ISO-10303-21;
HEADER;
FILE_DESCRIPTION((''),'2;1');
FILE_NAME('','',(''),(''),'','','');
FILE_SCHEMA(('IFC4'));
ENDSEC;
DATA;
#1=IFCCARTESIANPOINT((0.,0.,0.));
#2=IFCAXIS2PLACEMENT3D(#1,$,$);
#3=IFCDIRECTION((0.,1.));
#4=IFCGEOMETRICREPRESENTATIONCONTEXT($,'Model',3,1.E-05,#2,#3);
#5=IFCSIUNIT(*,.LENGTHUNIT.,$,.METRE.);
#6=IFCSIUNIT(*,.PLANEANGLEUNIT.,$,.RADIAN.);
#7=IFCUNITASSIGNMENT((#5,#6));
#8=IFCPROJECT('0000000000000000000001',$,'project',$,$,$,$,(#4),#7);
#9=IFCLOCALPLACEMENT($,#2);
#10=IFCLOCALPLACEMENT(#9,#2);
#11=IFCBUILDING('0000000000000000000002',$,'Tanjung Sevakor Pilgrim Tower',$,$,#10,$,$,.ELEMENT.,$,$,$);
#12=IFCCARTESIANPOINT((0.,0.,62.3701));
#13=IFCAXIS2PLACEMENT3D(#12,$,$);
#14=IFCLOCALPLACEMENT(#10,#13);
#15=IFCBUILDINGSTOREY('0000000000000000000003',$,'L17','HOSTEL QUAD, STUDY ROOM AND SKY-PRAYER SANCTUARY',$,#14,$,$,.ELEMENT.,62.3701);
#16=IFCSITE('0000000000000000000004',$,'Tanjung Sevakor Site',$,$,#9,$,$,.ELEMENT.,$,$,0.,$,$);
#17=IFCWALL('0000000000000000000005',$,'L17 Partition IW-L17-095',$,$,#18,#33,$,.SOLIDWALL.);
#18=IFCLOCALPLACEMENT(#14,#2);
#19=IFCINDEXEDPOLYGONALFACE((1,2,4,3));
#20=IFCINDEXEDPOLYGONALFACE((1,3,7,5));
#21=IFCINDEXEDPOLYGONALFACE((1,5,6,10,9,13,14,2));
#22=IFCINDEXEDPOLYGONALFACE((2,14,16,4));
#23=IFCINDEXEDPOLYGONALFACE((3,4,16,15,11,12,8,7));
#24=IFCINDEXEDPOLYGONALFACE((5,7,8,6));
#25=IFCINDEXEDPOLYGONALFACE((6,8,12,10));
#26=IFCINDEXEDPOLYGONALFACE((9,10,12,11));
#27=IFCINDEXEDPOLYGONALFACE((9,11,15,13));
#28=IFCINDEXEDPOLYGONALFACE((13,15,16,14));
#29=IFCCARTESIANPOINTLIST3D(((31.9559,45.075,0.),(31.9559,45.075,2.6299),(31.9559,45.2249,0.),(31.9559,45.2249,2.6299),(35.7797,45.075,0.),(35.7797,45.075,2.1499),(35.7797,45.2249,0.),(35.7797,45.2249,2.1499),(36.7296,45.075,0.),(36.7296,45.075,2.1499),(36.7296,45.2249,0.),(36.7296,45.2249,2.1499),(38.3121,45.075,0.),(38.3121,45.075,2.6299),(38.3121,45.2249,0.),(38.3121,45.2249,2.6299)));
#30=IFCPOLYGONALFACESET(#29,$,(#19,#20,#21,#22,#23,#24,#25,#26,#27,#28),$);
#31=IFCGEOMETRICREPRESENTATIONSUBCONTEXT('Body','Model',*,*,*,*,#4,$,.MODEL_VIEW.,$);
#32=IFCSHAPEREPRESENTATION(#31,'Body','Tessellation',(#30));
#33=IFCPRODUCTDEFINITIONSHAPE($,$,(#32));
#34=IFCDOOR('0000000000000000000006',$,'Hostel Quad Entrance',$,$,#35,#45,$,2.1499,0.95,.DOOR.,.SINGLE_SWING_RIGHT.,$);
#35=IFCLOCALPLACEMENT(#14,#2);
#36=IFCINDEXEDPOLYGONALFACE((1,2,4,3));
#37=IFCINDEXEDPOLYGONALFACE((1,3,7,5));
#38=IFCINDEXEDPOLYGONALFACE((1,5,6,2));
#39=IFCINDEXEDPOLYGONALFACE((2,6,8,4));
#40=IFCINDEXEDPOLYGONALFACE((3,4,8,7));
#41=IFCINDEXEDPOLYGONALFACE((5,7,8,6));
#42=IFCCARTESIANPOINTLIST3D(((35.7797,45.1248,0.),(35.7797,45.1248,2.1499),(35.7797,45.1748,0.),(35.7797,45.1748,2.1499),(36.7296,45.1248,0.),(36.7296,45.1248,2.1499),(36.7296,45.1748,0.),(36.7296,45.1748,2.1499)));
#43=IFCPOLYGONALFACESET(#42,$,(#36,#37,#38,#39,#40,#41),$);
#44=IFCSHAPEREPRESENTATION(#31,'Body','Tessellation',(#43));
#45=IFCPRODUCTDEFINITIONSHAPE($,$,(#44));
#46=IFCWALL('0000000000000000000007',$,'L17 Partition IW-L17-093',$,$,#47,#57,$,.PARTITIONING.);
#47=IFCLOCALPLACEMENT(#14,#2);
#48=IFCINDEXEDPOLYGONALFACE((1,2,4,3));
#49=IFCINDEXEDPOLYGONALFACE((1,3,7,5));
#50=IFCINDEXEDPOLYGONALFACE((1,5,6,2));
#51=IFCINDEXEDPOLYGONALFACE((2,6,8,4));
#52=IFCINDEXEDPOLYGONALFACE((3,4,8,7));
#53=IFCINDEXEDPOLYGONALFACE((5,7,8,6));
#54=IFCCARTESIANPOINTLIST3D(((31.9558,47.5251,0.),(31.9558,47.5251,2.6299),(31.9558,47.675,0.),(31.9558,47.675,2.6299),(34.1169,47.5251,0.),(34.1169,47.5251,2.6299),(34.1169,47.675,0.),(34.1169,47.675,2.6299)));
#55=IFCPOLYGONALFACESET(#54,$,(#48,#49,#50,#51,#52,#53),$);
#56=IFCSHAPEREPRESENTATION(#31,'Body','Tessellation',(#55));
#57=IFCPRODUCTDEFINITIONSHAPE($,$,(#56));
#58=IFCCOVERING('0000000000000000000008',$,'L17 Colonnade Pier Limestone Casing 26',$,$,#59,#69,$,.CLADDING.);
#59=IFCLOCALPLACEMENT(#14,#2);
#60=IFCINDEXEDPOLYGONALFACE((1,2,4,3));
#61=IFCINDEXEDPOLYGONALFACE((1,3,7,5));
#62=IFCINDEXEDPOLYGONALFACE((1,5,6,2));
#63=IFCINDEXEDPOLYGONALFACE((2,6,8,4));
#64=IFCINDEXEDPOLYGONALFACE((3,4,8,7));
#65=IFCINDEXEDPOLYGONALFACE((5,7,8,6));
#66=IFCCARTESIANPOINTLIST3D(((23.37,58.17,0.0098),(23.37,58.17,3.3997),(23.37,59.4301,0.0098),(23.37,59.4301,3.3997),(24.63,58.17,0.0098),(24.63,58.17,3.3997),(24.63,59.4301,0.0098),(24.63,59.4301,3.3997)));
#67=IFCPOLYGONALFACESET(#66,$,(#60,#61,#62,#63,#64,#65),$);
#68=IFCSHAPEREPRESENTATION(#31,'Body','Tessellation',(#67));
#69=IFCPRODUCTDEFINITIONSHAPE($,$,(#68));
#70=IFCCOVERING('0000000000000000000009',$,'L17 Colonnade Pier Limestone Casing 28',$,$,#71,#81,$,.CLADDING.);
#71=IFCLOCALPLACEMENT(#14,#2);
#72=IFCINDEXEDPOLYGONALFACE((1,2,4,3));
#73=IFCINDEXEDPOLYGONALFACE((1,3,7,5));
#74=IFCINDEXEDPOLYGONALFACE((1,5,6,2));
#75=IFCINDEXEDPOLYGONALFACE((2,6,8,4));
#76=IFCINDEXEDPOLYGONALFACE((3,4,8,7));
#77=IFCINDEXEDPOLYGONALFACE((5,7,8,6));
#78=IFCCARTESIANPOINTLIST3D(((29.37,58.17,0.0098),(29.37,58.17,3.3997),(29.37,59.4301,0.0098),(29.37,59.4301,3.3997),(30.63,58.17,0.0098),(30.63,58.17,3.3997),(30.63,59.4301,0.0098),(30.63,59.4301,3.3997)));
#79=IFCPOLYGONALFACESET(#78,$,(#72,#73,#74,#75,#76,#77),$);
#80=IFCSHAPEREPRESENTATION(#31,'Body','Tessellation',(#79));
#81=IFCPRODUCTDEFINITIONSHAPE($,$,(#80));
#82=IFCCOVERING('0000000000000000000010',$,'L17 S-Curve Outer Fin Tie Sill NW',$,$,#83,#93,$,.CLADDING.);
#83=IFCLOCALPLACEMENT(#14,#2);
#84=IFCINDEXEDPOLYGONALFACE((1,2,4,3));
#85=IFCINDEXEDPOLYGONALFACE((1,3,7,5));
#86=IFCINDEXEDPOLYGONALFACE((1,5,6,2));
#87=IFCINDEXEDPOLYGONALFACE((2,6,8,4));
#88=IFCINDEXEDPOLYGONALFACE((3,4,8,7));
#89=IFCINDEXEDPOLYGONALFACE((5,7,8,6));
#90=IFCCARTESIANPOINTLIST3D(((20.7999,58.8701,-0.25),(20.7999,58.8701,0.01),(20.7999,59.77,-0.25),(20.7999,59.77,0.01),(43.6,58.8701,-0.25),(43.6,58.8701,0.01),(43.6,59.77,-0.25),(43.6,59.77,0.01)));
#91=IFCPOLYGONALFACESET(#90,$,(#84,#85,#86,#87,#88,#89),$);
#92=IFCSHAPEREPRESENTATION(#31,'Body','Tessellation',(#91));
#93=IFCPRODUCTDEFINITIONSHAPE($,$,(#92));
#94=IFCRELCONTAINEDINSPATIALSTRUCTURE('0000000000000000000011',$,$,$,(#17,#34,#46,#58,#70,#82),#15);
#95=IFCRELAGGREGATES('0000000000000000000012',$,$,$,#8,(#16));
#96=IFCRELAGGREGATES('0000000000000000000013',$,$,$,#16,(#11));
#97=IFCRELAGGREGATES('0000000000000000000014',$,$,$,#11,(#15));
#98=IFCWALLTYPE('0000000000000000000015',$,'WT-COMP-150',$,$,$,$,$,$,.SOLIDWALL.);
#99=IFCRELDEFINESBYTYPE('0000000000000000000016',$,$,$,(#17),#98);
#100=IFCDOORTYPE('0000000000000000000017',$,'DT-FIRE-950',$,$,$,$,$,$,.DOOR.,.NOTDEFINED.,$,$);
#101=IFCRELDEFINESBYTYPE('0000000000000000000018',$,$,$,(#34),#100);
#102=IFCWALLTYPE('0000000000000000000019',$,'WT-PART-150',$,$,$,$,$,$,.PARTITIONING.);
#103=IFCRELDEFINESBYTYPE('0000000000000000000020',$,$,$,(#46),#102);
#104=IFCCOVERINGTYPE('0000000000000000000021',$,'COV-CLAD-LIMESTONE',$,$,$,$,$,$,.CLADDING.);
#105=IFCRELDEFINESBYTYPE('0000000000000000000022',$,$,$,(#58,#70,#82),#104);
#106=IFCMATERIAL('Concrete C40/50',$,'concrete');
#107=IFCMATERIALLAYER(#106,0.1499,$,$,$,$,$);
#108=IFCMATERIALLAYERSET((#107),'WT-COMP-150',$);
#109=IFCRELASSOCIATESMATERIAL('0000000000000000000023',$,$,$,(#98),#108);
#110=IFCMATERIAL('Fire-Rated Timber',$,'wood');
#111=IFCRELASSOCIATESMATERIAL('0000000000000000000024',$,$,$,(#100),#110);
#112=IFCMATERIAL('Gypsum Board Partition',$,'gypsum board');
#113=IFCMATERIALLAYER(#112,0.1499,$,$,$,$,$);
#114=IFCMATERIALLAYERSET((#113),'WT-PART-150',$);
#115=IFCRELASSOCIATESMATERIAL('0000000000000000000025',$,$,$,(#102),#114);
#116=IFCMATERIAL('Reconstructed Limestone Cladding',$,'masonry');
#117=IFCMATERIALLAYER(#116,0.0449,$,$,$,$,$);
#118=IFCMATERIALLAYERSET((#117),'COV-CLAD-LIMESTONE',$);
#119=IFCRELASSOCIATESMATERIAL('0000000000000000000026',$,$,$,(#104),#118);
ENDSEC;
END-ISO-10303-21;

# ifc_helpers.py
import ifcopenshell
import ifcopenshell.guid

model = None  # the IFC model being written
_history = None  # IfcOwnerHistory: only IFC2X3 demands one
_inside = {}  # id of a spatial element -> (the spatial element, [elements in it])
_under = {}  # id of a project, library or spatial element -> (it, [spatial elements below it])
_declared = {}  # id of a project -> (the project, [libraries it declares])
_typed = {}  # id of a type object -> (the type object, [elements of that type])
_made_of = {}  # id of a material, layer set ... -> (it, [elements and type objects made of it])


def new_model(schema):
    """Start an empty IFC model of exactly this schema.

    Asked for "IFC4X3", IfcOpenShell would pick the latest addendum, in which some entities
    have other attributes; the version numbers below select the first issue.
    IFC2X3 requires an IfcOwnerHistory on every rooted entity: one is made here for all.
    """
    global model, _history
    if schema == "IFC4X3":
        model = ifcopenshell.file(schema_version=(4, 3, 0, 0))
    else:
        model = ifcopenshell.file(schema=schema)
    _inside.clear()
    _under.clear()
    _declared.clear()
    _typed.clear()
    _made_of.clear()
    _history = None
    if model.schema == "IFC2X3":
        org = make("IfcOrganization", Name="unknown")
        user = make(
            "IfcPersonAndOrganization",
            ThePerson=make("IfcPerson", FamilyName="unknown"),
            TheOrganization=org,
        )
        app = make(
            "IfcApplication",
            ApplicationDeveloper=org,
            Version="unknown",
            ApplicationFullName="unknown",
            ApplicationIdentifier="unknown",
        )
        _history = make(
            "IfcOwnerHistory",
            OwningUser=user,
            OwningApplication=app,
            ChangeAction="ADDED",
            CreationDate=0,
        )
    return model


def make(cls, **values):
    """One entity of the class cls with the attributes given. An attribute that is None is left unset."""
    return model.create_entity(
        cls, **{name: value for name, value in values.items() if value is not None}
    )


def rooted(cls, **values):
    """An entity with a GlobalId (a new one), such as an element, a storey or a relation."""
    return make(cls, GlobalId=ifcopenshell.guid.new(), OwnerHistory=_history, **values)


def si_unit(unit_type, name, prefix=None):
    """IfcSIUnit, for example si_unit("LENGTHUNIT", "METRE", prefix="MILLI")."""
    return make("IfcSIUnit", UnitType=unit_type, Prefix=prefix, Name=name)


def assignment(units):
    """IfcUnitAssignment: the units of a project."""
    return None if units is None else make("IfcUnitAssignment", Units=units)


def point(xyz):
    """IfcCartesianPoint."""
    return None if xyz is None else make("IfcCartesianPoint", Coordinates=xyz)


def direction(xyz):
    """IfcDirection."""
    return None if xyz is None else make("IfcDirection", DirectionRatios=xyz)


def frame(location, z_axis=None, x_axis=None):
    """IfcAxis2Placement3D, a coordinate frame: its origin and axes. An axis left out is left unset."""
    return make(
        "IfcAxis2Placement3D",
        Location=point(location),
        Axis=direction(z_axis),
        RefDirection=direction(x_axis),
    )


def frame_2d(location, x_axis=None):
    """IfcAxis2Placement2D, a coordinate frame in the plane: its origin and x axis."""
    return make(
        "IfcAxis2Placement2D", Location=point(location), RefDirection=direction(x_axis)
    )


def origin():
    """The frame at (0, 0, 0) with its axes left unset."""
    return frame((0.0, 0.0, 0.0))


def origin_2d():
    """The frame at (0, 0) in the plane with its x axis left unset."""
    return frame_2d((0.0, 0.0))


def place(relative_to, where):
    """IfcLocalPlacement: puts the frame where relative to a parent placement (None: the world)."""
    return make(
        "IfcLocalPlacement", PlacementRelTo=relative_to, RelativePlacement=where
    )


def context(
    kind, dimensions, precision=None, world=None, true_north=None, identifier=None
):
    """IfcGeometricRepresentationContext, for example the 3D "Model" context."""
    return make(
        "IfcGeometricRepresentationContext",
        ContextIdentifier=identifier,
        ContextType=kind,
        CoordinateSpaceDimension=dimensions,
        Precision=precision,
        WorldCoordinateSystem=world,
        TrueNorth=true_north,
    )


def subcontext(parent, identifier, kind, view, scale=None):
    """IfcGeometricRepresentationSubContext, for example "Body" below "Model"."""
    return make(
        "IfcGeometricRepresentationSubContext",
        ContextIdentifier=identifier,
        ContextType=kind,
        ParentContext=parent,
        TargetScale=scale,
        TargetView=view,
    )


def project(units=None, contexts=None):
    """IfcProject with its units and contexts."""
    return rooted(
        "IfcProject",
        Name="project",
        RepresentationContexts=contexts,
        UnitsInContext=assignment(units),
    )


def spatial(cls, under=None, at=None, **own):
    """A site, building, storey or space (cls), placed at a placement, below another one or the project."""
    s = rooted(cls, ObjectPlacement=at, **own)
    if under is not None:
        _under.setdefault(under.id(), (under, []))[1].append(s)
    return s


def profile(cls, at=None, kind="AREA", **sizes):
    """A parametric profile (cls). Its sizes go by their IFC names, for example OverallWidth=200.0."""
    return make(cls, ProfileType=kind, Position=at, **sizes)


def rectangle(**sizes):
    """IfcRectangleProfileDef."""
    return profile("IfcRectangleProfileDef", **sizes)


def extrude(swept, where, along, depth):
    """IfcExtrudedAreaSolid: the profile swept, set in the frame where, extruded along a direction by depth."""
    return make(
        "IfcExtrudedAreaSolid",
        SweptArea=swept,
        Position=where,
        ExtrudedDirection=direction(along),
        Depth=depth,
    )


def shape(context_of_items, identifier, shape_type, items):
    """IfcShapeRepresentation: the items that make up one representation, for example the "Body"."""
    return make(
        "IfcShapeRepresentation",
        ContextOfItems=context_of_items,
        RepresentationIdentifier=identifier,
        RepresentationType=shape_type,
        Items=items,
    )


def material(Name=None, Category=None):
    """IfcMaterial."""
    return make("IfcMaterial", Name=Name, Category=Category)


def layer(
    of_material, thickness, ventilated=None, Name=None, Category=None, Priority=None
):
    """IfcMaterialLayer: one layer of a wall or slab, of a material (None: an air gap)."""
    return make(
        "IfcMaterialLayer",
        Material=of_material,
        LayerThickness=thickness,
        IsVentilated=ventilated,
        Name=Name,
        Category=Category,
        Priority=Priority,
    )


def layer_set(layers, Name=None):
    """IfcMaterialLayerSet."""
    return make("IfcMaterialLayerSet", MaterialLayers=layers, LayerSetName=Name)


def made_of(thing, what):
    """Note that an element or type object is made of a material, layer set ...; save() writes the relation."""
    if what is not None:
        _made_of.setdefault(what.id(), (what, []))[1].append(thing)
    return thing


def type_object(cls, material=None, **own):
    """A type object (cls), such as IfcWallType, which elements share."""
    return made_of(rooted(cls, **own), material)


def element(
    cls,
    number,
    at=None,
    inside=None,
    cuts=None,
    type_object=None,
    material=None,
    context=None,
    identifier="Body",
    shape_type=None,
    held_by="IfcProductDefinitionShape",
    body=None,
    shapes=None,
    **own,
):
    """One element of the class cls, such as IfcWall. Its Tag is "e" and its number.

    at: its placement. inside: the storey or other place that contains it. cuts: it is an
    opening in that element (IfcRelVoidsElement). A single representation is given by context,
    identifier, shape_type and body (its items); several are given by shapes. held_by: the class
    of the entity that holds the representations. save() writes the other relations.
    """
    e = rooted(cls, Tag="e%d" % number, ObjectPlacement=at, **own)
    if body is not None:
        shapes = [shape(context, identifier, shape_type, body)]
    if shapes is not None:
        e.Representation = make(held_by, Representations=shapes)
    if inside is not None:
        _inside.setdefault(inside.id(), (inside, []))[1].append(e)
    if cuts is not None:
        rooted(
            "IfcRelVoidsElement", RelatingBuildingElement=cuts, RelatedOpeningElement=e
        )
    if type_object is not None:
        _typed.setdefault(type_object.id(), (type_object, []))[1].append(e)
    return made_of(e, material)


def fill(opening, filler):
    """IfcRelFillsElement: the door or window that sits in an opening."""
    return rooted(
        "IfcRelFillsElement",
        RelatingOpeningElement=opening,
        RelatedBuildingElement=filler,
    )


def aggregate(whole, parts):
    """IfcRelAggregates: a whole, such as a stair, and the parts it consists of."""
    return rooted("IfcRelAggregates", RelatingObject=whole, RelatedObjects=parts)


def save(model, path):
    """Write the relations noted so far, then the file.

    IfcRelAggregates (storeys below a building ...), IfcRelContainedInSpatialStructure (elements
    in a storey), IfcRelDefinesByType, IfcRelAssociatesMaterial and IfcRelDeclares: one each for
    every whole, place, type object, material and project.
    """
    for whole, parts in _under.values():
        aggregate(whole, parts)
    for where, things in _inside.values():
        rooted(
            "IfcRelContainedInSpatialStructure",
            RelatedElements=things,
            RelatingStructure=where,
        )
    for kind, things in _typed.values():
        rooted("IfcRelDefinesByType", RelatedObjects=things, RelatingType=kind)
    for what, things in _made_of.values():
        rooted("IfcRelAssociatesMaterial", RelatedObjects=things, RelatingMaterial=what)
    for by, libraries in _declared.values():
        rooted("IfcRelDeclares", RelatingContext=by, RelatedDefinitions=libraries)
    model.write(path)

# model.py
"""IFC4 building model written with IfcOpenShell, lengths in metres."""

from ifc_helpers import new_model, si_unit, direction, frame, frame_2d, origin, origin_2d, place, context, subcontext, project, spatial, rectangle, extrude, material, layer, layer_set, type_object, element, fill, save


model = new_model("IFC4")

# Units and contexts
model_context = context("Model", 3, precision=1e-05, world=origin(), true_north=direction((0.0, 1.0)))
body_context = subcontext(model_context, "Body", "Model", "MODEL_VIEW")
ifc_project = project(units=[si_unit("LENGTHUNIT", "METRE"), si_unit("PLANEANGLEUNIT", "RADIAN")], contexts=[model_context])

# Site, building, storey
site_placement = place(None, origin())
site = spatial("IfcSite", under=ifc_project, at=site_placement, Name="Tanjung Sevakor Site", CompositionType="ELEMENT", RefElevation=0.0)
building_placement = place(site_placement, origin())
building = spatial("IfcBuilding", under=site, at=building_placement, Name="Tanjung Sevakor Pilgrim Tower", CompositionType="ELEMENT")
storey_placement = place(building_placement, frame((0.0, 0.0, 62.3701)))
storey = spatial("IfcBuildingStorey", under=building, at=storey_placement, Name="L17", Description="HOSTEL QUAD, STUDY ROOM AND SKY-PRAYER SANCTUARY", CompositionType="ELEMENT", Elevation=62.3701)

# Wall, opening, door
ifc_material_1 = material(Name="Concrete C40/50", Category="concrete")
ifc_layer_1 = layer(ifc_material_1, 0.1499)
ifc_layer_set_1 = layer_set([ifc_layer_1], Name="WT-COMP-150")
wall_type_1 = type_object("IfcWallType", Name="WT-COMP-150", PredefinedType="SOLIDWALL", material=ifc_layer_set_1)
wall_1_placement = place(storey_placement, frame((31.9558, 45.1499, 0.0), z_axis=(0.0, 0.0, 1.0), x_axis=(1.0, 0.0, 0.0)))
wall_1 = element("IfcWall", 1, at=wall_1_placement, inside=storey, type_object=wall_type_1, Name="L17 Partition IW-L17-095", PredefinedType="SOLIDWALL", context=body_context, shape_type="SweptSolid", body=[
    extrude(rectangle(XDim=6.3562, YDim=0.1499, at=frame_2d((3.1782, 0.0))), origin(), (0.0, 0.0, 1.0), 2.6299),
])
opening_placement = place(wall_1_placement, frame((3.8237, 0.0, 0.0)))
opening = element("IfcOpeningElement", 2, at=opening_placement, cuts=wall_1, PredefinedType="OPENING", context=body_context, shape_type="SweptSolid", body=[
    extrude(rectangle(XDim=0.95, YDim=2.1499, at=frame_2d((0.4751, 1.075))), frame((0.0, 0.085, 0.0), z_axis=(0.0, -1.0, 0.0), x_axis=(1.0, 0.0, 0.0)), (0.0, 0.0, 1.0), 0.1699),
])
ifc_material_2 = material(Name="Fire-Rated Timber", Category="wood")
door_type = type_object("IfcDoorType", Name="DT-FIRE-950", OperationType="NOTDEFINED", PredefinedType="DOOR", material=ifc_material_2)
door_placement = place(opening_placement, origin())
door = element("IfcDoor", 3, at=door_placement, inside=storey, type_object=door_type, Name="Hostel Quad Entrance", OperationType="SINGLE_SWING_RIGHT", OverallHeight=2.1499, OverallWidth=0.95, PredefinedType="DOOR", context=body_context, shape_type="SweptSolid", body=[
    extrude(rectangle(XDim=0.95, YDim=2.1499, at=frame_2d((0.4751, 1.075))), frame((0.0, 0.0249, 0.0), z_axis=(0.0, -1.0, 0.0), x_axis=(1.0, 0.0, 0.0)), (0.0, 0.0, 1.0), 0.05),
])
fill(opening, door)

# Wall
ifc_material_3 = material(Name="Gypsum Board Partition", Category="gypsum board")
ifc_layer_2 = layer(ifc_material_3, 0.1499)
ifc_layer_set_2 = layer_set([ifc_layer_2], Name="WT-PART-150")
wall_type_2 = type_object("IfcWallType", Name="WT-PART-150", PredefinedType="PARTITIONING", material=ifc_layer_set_2)
wall_2_placement = place(storey_placement, frame((31.9558, 47.6001, 0.0), z_axis=(0.0, 0.0, 1.0), x_axis=(1.0, 0.0, 0.0)))
element("IfcWall", 4, at=wall_2_placement, inside=storey, type_object=wall_type_2, Name="L17 Partition IW-L17-093", PredefinedType="PARTITIONING", context=body_context, shape_type="SweptSolid", body=[
    extrude(rectangle(XDim=2.1611, YDim=0.1499, at=frame_2d((1.0806, 0.0))), origin(), (0.0, 0.0, 1.0), 2.6299),
])

# Coverings
ifc_material_4 = material(Name="Reconstructed Limestone Cladding", Category="masonry")
ifc_layer_3 = layer(ifc_material_4, 0.0449)
ifc_layer_set_3 = layer_set([ifc_layer_3], Name="COV-CLAD-LIMESTONE")
covering_type = type_object("IfcCoveringType", Name="COV-CLAD-LIMESTONE", PredefinedType="CLADDING", material=ifc_layer_set_3)
for number, where, z_axis, x_axis, name in (
    (5, (24.0, 58.8, 0.0098), (0.0, 0.0, 1.0), (1.0, 0.0, 0.0), "L17 Colonnade Pier Limestone Casing 26"),
    (6, (30.0, 58.8, 0.0098), (0.0, 0.0, 1.0), (1.0, 0.0, 0.0), "L17 Colonnade Pier Limestone Casing 28"),
):
    element("IfcCovering", number, at=place(storey_placement, frame(where, z_axis=z_axis, x_axis=x_axis)), inside=storey, type_object=covering_type, Name=name, PredefinedType="CLADDING", context=body_context, shape_type="SweptSolid", body=[
        extrude(rectangle(XDim=1.26, YDim=1.26, at=origin_2d()), origin(), (0.0, 0.0, 1.0), 3.3899),
    ])
covering_placement = place(storey_placement, frame((32.2, 59.3201, -0.25), z_axis=(0.0, 0.0, 1.0), x_axis=(1.0, 0.0, 0.0)))
element("IfcCovering", 7, at=covering_placement, inside=storey, type_object=covering_type, Name="L17 S-Curve Outer Fin Tie Sill NW", PredefinedType="CLADDING", context=body_context, shape_type="SweptSolid", body=[
    extrude(rectangle(XDim=22.8, YDim=0.8999, at=origin_2d()), origin(), (0.0, 0.0, 1.0), 0.26),
])

save(model, "model.ifc")
